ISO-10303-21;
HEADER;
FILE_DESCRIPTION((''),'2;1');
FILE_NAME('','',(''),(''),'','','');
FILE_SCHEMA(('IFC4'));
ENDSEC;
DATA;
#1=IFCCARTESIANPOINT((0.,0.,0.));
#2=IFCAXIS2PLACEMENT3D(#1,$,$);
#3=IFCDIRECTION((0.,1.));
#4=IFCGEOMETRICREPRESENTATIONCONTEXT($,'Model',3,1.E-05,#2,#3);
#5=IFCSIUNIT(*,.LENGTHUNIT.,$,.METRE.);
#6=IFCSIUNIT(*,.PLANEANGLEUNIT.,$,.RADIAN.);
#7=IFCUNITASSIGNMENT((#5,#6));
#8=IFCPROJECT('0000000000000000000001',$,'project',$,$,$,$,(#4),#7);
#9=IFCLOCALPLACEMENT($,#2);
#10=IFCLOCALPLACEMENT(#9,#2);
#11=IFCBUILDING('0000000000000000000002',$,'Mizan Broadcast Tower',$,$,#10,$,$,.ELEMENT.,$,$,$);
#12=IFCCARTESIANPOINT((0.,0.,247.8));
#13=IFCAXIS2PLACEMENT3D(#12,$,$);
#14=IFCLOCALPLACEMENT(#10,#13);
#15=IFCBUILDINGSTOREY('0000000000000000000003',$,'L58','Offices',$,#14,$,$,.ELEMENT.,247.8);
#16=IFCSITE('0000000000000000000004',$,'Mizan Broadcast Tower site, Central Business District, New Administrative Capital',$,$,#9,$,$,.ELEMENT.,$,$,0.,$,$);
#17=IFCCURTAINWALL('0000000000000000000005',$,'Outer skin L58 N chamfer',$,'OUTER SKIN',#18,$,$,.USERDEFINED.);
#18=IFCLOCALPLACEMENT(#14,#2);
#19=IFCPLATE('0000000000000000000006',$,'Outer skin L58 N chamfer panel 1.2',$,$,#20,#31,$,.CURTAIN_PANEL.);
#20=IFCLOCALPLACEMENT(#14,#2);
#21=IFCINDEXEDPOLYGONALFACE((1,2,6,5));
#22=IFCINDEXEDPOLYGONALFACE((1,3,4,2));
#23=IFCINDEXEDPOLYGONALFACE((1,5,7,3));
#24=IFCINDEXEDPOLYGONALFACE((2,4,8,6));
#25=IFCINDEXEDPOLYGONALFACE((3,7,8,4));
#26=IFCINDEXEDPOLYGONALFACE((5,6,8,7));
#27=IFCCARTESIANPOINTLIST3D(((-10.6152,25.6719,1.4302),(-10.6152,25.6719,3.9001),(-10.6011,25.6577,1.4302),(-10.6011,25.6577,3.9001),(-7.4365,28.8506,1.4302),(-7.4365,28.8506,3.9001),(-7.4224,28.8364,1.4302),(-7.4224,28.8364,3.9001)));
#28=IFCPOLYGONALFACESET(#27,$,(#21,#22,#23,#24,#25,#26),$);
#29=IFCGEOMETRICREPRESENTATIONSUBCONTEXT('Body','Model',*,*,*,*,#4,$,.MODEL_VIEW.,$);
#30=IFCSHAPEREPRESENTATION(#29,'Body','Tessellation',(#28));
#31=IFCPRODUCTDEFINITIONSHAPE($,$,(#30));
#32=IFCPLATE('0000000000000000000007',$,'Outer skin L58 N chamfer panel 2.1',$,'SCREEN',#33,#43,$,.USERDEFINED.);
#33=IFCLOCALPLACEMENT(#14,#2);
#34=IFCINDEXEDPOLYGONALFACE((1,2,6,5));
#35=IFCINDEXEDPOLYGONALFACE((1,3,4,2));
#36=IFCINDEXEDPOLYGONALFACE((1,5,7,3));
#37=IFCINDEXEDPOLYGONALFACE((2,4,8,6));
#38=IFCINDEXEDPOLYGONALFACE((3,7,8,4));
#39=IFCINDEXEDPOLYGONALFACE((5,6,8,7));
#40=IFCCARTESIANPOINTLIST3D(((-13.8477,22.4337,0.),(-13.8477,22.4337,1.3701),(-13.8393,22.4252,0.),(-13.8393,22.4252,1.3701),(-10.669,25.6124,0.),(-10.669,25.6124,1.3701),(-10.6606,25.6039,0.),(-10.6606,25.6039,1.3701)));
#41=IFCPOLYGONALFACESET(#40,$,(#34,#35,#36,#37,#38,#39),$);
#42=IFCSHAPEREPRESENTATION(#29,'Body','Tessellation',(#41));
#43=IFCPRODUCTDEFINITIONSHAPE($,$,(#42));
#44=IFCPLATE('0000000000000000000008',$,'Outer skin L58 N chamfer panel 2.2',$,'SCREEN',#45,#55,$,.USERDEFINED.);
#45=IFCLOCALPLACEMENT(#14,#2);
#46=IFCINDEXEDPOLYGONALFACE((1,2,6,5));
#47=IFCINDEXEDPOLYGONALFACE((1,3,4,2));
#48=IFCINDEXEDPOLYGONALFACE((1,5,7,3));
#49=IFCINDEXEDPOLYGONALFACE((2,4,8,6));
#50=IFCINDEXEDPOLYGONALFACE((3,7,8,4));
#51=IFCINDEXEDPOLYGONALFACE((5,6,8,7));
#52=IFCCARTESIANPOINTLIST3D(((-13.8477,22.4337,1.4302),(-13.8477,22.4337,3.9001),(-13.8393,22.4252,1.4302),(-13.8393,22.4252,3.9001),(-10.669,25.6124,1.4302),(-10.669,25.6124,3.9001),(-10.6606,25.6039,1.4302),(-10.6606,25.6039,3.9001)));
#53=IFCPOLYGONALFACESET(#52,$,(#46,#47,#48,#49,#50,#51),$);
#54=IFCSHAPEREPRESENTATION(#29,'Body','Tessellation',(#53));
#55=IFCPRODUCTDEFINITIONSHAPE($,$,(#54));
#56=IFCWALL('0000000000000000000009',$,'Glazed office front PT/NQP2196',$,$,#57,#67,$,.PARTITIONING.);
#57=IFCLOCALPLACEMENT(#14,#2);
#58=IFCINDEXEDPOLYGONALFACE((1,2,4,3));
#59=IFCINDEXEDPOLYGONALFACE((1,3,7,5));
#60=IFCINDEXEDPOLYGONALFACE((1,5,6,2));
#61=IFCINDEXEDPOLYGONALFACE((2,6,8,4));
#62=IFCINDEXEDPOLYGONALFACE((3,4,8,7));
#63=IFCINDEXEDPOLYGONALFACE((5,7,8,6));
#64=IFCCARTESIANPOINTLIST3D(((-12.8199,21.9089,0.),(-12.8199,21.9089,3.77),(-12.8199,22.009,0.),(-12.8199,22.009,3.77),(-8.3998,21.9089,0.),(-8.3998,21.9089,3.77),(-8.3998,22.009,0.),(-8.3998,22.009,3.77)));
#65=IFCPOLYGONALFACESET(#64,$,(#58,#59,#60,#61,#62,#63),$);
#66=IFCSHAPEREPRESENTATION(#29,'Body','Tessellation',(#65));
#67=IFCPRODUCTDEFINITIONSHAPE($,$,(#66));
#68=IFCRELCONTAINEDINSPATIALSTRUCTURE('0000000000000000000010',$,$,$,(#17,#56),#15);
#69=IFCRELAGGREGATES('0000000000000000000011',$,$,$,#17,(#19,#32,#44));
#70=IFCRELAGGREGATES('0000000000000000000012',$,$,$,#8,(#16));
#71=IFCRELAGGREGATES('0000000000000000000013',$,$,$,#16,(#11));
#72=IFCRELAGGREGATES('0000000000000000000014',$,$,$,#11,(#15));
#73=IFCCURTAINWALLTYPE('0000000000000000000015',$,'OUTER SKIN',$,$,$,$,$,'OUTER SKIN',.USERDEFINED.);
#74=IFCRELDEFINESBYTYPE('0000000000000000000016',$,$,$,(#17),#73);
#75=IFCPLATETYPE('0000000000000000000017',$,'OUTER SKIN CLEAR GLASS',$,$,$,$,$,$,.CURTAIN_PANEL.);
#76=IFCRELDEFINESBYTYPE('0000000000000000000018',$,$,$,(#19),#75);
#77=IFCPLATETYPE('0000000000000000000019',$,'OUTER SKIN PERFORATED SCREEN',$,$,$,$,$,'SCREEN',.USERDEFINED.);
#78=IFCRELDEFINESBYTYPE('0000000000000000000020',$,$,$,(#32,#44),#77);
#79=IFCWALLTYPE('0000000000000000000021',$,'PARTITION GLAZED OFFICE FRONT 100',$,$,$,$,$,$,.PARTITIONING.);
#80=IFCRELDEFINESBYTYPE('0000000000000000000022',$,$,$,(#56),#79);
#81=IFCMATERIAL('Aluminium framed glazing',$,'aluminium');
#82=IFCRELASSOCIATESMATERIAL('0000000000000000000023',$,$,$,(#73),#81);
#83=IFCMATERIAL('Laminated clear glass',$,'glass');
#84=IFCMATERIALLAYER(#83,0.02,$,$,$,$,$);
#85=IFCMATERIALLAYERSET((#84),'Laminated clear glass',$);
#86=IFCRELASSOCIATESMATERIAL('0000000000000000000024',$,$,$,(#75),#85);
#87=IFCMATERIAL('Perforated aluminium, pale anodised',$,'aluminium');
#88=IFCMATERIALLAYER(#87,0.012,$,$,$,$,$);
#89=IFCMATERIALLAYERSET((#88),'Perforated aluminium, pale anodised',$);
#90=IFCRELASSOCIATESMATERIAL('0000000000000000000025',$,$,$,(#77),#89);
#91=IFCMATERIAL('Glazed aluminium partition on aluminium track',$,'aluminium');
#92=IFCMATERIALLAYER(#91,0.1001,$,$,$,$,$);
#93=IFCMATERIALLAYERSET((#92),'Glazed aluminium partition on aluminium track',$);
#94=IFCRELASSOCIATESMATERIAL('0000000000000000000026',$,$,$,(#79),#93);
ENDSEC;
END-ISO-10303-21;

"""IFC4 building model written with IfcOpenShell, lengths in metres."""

from ifc_helpers import new_model, si_unit, direction, frame, frame_2d, origin, origin_2d, place, context, subcontext, project, spatial, rectangle, extrude, material, layer, layer_set, type_object, element, aggregate, save


model = new_model("IFC4")

# Units and contexts
model_context = context("Model", 3, precision=1e-05, world=origin(), true_north=direction((0.0, 1.0)))
body_context = subcontext(model_context, "Body", "Model", "MODEL_VIEW")
ifc_project = project(units=[si_unit("LENGTHUNIT", "METRE"), si_unit("PLANEANGLEUNIT", "RADIAN")], contexts=[model_context])

# Site, building, storey
site_placement = place(None, origin())
site = spatial("IfcSite", under=ifc_project, at=site_placement, Name="Mizan Broadcast Tower site, Central Business District, New Administrative Capital", CompositionType="ELEMENT", RefElevation=0.0)
building_placement = place(site_placement, origin())
building = spatial("IfcBuilding", under=site, at=building_placement, Name="Mizan Broadcast Tower", CompositionType="ELEMENT")
storey_placement = place(building_placement, frame((0.0, 0.0, 247.8)))
storey = spatial("IfcBuildingStorey", under=building, at=storey_placement, Name="L58", Description="Offices", CompositionType="ELEMENT", Elevation=247.8)

# Curtain wall
ifc_material_1 = material(Name="Aluminium framed glazing", Category="aluminium")
curtain_wall_type_1 = type_object("IfcCurtainWallType", Name="OUTER SKIN", ElementType="OUTER SKIN", PredefinedType="USERDEFINED", material=ifc_material_1)
curtain_wall_1_placement = place(storey_placement, origin())
curtain_wall_1 = element("IfcCurtainWall", 1, at=curtain_wall_1_placement, inside=storey, type_object=curtain_wall_type_1, Name="Outer skin L58 N chamfer", ObjectType="OUTER SKIN", PredefinedType="USERDEFINED")

# Plates
ifc_material_2 = material(Name="Laminated clear glass", Category="glass")
ifc_layer_1 = layer(ifc_material_2, 0.02)
ifc_layer_set_1 = layer_set([ifc_layer_1], Name="Laminated clear glass")
plate_type_1 = type_object("IfcPlateType", Name="OUTER SKIN CLEAR GLASS", PredefinedType="CURTAIN_PANEL", material=ifc_layer_set_1)
plate_1_placement = place(storey_placement, frame((-9.0188, 27.2542, 1.4302), z_axis=(0.0, 0.0, 1.0), x_axis=(-0.707107, -0.707107, 0.0)))
plate_1 = element("IfcPlate", 2, at=plate_1_placement, type_object=plate_type_1, Name="Outer skin L58 N chamfer panel 1.2", PredefinedType="CURTAIN_PANEL", context=body_context, shape_type="SweptSolid", body=[
    extrude(rectangle(XDim=4.4954, YDim=0.02, at=origin_2d()), origin(), (0.0, 0.0, 1.0), 2.47),
])
ifc_material_3 = material(Name="Perforated aluminium, pale anodised", Category="aluminium")
ifc_layer_2 = layer(ifc_material_3, 0.012)
ifc_layer_set_2 = layer_set([ifc_layer_2], Name="Perforated aluminium, pale anodised")
plate_type_2 = type_object("IfcPlateType", Name="OUTER SKIN PERFORATED SCREEN", ElementType="SCREEN", PredefinedType="USERDEFINED", material=ifc_layer_set_2)
plate_2_placement = place(storey_placement, frame((-12.2542, 24.0188, 0.0), z_axis=(0.0, 0.0, 1.0), x_axis=(-0.707107, -0.707107, 0.0)))
plate_2 = element("IfcPlate", 3, at=plate_2_placement, type_object=plate_type_2, Name="Outer skin L58 N chamfer panel 2.1", ObjectType="SCREEN", PredefinedType="USERDEFINED", context=body_context, shape_type="SweptSolid", body=[
    extrude(rectangle(XDim=4.4954, YDim=0.012, at=origin_2d()), origin(), (0.0, 0.0, 1.0), 1.3701),
])
plate_3_placement = place(storey_placement, frame((-12.2542, 24.0188, 1.4302), z_axis=(0.0, 0.0, 1.0), x_axis=(-0.707107, -0.707107, 0.0)))
plate_3 = element("IfcPlate", 4, at=plate_3_placement, type_object=plate_type_2, Name="Outer skin L58 N chamfer panel 2.2", ObjectType="SCREEN", PredefinedType="USERDEFINED", context=body_context, shape_type="SweptSolid", body=[
    extrude(rectangle(XDim=4.4954, YDim=0.012, at=origin_2d()), origin(), (0.0, 0.0, 1.0), 2.47),
])
aggregate(curtain_wall_1, [plate_1, plate_2, plate_3])

# Wall
ifc_material_4 = material(Name="Glazed aluminium partition on aluminium track", Category="aluminium")
ifc_layer_3 = layer(ifc_material_4, 0.1001)
ifc_layer_set_3 = layer_set([ifc_layer_3], Name="Glazed aluminium partition on aluminium track")
wall_type = type_object("IfcWallType", Name="PARTITION GLAZED OFFICE FRONT 100", PredefinedType="PARTITIONING", material=ifc_layer_set_3)
wall_placement = place(storey_placement, frame((-8.3999, 21.959, 0.0), z_axis=(0.0, 0.0, 1.0), x_axis=(-1.0, 0.0, 0.0)))
element("IfcWall", 5, at=wall_placement, inside=storey, type_object=wall_type, Name="Glazed office front PT/NQP2196", PredefinedType="PARTITIONING", context=body_context, shape_type="SweptSolid", body=[
    extrude(rectangle(XDim=4.4202, YDim=0.1001, at=frame_2d((2.21, 0.0))), origin(), (0.0, 0.0, 1.0), 3.77),
])

save(model, "model.ifc")
